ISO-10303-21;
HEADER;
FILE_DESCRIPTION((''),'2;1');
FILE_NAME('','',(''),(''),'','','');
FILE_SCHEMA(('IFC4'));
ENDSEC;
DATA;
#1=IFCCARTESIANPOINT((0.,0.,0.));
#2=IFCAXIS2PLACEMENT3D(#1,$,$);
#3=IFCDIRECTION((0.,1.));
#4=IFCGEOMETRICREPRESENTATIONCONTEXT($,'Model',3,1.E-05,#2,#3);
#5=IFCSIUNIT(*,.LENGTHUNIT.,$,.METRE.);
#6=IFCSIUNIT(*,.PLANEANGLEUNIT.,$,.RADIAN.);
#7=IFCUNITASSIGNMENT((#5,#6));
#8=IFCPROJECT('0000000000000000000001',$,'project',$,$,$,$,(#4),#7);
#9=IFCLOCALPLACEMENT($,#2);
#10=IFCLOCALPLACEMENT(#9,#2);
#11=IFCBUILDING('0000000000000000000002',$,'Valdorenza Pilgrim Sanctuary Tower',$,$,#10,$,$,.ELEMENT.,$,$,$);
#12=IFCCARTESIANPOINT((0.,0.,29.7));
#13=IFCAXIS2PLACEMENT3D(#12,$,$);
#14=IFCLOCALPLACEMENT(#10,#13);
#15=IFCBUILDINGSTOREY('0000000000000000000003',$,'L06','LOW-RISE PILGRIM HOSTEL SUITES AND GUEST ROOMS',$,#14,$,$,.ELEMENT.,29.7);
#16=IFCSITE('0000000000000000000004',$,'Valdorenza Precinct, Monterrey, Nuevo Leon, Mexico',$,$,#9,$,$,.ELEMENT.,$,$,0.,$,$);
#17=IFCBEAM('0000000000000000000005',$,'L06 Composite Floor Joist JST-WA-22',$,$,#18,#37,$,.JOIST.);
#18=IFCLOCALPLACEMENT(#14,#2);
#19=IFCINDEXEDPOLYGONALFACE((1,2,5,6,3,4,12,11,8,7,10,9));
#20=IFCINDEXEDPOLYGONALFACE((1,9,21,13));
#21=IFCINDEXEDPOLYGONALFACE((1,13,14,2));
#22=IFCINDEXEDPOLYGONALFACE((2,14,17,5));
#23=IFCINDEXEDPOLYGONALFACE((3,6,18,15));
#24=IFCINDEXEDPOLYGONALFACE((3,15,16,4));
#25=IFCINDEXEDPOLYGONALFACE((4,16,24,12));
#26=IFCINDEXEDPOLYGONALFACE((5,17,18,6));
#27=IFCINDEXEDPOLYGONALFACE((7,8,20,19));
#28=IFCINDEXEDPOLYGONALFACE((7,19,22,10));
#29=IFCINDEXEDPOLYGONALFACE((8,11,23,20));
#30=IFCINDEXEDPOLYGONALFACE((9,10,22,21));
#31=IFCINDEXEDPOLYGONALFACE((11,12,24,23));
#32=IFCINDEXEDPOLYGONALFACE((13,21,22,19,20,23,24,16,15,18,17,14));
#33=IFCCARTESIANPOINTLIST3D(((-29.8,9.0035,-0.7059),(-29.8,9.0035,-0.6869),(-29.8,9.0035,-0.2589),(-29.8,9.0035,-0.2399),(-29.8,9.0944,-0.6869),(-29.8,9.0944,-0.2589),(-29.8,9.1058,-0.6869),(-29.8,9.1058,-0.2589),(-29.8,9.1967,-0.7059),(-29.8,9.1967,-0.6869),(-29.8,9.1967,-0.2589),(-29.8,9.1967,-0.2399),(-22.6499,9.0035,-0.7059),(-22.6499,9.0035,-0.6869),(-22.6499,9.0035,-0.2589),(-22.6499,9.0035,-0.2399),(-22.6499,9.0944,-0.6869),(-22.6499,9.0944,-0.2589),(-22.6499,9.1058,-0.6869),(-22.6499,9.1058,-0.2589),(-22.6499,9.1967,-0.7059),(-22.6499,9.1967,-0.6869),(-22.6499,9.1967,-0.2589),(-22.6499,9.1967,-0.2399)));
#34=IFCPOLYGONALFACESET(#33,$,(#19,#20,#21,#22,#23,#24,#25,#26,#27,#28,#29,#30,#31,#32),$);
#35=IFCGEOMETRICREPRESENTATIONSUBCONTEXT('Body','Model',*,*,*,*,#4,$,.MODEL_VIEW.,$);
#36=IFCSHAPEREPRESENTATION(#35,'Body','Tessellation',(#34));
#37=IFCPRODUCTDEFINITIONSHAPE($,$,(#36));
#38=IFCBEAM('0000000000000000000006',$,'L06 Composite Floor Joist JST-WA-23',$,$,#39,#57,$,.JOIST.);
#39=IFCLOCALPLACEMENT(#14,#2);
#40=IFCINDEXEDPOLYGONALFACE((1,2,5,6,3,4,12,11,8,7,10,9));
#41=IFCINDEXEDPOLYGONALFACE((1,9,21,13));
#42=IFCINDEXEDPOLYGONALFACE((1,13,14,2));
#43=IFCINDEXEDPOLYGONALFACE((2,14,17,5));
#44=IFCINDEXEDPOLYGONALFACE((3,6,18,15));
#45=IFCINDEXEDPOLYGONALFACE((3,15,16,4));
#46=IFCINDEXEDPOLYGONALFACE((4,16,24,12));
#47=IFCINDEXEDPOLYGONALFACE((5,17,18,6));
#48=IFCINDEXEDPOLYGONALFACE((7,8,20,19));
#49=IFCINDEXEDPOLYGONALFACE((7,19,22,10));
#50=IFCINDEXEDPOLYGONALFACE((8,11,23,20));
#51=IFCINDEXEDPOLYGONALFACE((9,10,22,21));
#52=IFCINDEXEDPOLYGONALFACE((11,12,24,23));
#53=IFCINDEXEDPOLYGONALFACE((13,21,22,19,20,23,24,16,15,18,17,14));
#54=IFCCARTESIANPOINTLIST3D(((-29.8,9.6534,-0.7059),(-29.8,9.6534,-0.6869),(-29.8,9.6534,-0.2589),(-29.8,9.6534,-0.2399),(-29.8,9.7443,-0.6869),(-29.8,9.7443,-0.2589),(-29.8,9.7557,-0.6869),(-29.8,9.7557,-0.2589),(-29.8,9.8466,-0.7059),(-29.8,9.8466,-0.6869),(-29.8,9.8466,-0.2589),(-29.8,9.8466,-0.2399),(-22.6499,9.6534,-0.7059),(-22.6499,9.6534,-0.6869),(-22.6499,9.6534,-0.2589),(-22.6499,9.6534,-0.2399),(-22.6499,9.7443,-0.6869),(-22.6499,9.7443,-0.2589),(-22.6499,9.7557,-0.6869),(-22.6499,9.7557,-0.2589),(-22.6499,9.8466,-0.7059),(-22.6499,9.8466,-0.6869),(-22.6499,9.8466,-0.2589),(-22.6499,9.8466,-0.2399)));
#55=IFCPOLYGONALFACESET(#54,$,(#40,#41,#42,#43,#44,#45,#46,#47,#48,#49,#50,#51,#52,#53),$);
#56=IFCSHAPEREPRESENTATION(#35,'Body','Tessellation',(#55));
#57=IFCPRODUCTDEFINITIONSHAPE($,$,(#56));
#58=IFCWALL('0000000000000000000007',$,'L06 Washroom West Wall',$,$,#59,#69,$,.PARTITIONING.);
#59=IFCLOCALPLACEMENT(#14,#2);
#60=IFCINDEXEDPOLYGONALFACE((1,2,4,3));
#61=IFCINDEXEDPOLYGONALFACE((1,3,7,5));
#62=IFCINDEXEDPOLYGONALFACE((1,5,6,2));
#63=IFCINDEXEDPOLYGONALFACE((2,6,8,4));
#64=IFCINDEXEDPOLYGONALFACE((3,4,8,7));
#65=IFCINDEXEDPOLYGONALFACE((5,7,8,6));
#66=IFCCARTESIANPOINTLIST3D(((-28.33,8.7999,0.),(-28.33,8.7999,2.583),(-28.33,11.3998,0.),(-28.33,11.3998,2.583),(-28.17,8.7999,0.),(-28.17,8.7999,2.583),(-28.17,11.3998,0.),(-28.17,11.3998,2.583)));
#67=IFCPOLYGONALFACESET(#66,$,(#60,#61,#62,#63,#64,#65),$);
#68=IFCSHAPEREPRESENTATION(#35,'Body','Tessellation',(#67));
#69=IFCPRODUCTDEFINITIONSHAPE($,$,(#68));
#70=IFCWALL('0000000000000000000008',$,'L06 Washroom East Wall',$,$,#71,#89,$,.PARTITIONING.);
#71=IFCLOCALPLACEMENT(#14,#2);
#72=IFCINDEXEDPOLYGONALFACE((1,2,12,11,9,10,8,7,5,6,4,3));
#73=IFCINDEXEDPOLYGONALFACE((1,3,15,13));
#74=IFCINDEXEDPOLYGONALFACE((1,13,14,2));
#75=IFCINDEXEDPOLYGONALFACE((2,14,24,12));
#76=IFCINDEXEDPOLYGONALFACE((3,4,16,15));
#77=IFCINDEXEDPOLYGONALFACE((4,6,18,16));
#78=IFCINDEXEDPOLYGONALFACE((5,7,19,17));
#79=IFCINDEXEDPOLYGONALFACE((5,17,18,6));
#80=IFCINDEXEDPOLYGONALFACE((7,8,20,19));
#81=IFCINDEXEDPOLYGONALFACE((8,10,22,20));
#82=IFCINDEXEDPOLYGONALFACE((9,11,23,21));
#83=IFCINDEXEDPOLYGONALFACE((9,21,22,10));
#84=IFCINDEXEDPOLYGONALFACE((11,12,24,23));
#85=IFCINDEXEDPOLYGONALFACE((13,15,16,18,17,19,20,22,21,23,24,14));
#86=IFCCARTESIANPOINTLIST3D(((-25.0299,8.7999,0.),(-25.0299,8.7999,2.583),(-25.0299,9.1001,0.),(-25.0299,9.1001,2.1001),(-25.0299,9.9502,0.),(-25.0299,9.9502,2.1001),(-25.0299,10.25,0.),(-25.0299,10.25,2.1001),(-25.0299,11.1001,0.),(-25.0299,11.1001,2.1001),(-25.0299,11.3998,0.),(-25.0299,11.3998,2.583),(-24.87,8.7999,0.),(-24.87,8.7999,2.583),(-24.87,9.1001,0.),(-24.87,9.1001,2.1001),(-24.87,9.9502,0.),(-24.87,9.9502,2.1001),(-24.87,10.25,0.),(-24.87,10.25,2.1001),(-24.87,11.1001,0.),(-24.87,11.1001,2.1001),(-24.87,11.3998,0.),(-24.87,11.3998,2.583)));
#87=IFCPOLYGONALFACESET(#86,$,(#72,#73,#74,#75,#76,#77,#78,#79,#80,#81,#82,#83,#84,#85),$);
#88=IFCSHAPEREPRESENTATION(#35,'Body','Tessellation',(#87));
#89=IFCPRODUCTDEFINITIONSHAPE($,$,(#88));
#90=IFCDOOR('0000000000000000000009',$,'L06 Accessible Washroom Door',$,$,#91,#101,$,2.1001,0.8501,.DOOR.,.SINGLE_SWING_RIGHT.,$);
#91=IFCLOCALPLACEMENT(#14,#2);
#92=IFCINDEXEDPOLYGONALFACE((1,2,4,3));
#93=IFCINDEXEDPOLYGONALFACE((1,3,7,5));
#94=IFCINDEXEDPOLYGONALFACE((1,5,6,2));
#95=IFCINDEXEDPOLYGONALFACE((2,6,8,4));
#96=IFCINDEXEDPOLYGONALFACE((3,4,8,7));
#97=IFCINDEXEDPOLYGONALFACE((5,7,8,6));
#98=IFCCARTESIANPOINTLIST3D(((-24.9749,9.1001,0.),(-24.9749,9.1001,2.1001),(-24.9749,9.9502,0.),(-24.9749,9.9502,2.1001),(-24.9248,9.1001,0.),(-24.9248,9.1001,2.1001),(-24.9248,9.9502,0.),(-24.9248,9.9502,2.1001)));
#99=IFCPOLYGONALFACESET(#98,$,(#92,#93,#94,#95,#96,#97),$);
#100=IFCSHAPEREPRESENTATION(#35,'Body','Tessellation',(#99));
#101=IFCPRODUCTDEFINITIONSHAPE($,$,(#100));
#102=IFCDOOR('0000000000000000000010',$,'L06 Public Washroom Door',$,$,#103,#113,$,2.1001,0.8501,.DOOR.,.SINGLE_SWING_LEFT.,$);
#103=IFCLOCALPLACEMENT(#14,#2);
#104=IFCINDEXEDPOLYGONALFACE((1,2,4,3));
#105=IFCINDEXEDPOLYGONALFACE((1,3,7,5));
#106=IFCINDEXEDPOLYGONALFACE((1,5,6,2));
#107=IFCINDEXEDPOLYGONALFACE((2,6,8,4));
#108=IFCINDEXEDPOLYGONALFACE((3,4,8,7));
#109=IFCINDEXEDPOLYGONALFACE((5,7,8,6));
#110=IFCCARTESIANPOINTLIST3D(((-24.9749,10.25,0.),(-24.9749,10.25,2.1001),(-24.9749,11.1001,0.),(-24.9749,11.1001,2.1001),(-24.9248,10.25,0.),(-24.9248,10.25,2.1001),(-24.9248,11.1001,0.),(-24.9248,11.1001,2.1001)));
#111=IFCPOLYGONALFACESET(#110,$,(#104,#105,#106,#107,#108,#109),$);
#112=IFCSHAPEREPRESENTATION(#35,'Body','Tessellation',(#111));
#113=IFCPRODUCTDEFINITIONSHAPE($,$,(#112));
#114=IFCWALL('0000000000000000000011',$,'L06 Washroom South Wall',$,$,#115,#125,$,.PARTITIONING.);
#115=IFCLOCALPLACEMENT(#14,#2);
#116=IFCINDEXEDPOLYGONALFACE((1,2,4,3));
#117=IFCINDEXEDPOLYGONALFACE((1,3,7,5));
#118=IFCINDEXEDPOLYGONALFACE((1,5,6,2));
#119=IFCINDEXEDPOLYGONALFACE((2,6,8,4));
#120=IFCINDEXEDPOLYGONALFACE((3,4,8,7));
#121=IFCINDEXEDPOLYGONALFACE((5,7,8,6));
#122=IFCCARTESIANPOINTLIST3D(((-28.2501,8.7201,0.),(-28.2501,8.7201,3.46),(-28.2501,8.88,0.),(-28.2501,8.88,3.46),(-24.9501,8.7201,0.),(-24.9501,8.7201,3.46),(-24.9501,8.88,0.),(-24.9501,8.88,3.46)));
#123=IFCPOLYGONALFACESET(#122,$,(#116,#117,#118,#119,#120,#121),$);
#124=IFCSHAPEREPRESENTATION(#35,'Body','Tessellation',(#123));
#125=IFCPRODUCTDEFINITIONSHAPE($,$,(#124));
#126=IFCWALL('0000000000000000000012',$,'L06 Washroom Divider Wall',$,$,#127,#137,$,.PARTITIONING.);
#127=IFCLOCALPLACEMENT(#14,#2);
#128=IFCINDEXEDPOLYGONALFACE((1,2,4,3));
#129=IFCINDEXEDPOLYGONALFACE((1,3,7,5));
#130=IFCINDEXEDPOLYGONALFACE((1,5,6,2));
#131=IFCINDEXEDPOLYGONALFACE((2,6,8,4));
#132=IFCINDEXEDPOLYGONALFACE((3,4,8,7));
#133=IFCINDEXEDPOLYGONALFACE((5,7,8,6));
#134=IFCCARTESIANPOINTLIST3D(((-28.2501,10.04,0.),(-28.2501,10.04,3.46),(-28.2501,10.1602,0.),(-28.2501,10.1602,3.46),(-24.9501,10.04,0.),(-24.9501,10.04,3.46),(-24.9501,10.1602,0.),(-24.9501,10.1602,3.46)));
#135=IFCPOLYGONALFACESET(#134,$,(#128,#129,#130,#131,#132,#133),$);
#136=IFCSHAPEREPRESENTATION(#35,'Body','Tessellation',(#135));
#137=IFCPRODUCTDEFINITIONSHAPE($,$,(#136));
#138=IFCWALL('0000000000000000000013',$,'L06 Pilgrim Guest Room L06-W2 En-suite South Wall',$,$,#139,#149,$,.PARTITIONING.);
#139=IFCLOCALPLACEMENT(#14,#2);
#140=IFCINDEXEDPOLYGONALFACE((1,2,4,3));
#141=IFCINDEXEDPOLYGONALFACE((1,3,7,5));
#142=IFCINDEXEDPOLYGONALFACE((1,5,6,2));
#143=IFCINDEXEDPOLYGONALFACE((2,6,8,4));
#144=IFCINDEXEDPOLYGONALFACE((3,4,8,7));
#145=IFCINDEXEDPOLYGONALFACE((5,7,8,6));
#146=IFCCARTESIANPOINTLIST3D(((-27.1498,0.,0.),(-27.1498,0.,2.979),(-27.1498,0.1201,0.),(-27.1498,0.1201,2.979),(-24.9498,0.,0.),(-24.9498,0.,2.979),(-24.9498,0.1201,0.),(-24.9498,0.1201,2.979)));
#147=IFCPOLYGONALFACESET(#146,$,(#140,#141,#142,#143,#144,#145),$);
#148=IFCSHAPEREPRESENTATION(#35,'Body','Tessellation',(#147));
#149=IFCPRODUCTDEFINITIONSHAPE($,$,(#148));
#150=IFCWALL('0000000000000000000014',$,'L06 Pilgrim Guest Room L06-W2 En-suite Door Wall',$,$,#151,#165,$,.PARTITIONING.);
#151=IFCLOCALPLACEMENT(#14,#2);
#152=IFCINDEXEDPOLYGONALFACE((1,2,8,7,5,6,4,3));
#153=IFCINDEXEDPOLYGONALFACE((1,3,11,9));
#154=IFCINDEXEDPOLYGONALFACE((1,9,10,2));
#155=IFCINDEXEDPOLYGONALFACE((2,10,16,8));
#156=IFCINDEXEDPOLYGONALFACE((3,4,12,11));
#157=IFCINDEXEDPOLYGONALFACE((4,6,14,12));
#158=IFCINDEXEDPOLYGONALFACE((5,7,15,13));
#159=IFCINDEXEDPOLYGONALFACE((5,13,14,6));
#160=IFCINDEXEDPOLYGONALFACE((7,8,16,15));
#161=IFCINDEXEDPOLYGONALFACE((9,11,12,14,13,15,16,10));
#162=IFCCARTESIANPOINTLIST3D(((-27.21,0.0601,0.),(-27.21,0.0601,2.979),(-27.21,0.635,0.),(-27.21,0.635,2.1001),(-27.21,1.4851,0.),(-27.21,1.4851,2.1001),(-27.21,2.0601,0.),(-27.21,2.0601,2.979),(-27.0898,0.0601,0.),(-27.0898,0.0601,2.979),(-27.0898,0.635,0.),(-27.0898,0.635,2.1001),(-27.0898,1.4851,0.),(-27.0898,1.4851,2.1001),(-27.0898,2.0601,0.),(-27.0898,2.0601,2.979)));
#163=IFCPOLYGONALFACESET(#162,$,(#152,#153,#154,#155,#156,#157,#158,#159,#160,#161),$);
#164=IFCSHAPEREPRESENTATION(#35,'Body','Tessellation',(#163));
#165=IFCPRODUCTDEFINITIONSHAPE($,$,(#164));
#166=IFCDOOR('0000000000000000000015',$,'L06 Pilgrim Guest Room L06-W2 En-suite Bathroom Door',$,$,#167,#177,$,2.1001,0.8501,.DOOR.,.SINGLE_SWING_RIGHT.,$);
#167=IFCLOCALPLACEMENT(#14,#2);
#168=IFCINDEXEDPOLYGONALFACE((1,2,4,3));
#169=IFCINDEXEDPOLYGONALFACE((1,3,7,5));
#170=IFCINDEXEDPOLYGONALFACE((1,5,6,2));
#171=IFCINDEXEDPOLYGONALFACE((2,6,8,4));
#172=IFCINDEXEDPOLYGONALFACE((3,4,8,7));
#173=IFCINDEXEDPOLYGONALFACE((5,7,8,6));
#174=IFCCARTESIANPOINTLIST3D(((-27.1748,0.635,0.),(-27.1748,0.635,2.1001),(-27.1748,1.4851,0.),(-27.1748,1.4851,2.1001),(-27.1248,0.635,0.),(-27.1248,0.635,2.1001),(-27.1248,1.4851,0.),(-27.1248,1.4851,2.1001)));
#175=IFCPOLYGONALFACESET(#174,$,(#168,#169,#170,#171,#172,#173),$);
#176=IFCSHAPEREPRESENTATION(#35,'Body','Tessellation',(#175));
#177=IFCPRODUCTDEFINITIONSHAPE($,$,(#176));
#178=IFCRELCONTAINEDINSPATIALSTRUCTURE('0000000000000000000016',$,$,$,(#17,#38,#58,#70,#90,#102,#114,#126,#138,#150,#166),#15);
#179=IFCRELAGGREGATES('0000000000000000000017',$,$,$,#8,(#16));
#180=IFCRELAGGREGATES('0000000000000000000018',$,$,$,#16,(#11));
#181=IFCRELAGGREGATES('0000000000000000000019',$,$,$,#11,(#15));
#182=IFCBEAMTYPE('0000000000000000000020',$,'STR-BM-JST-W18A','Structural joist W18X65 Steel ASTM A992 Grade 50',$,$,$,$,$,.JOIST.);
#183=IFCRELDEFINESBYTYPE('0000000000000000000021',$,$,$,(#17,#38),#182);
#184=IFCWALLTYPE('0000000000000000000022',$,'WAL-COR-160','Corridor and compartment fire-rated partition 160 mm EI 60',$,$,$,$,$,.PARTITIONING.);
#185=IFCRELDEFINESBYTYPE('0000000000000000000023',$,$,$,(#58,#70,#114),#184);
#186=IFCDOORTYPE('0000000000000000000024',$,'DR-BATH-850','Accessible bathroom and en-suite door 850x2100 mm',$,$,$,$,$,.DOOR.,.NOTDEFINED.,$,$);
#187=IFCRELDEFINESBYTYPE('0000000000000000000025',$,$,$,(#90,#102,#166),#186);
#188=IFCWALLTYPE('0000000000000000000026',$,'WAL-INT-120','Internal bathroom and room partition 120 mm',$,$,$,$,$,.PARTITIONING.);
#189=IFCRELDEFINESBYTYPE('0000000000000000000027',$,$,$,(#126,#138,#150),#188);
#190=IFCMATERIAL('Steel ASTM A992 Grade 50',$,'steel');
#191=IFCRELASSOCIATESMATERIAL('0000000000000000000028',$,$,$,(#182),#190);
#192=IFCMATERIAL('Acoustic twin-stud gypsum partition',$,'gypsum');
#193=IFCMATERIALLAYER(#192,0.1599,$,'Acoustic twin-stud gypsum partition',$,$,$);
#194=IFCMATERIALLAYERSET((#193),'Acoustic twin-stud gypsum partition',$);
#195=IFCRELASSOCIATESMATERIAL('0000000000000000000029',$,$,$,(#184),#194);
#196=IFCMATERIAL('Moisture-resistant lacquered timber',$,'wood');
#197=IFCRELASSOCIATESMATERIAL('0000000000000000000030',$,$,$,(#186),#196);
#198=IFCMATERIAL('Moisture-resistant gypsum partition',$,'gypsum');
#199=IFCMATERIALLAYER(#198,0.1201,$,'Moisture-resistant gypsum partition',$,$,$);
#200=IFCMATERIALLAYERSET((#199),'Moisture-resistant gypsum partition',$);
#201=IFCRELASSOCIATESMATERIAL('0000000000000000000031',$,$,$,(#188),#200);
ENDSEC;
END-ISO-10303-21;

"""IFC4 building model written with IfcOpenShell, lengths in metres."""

from ifc_helpers import new_model, si_unit, direction, frame, frame_2d, origin, origin_2d, place, context, subcontext, project, spatial, rectangle, i_section, extrude, source, transform, mapped, material, layer, layer_set, material_profile, profile_set, type_object, element, fill, save


model = new_model("IFC4")

# Units and contexts
model_context = context("Model", 3, precision=1e-05, world=origin(), true_north=direction((0.0, 1.0)))
body_context = subcontext(model_context, "Body", "Model", "MODEL_VIEW")
ifc_project = project(units=[si_unit("LENGTHUNIT", "METRE"), si_unit("PLANEANGLEUNIT", "RADIAN")], contexts=[model_context])

# Site, building, storey
site_placement = place(None, origin())
site = spatial("IfcSite", under=ifc_project, at=site_placement, Name="Valdorenza Precinct, Monterrey, Nuevo Leon, Mexico", CompositionType="ELEMENT", RefElevation=0.0)
building_placement = place(site_placement, origin())
building = spatial("IfcBuilding", under=site, at=building_placement, Name="Valdorenza Pilgrim Sanctuary Tower", CompositionType="ELEMENT")
storey_placement = place(building_placement, frame((0.0, 0.0, 29.7)))
storey = spatial("IfcBuildingStorey", under=building, at=storey_placement, Name="L06", Description="LOW-RISE PILGRIM HOSTEL SUITES AND GUEST ROOMS", CompositionType="ELEMENT", Elevation=29.7)

# Beams
ifc_material_1 = material(Name="Steel ASTM A992 Grade 50", Category="steel")
ifc_material_profile = material_profile(ifc_material_1, i_section(OverallWidth=0.1931, OverallDepth=0.4661, WebThickness=0.0115, FlangeThickness=0.019, at=origin_2d()), Name="W18X65")
ifc_profile_set = profile_set([ifc_material_profile], Name="Steel ASTM A992 Grade 50")
beam_type = type_object("IfcBeamType", Name="STR-BM-JST-W18A", Description="Structural joist W18X65 Steel ASTM A992 Grade 50", PredefinedType="JOIST", material=ifc_profile_set)
shared_shape = source(origin(), body_context, "Body", "SweptSolid", [
    extrude(i_section(OverallWidth=0.1931, OverallDepth=0.4661, WebThickness=0.0115, FlangeThickness=0.019, at=origin_2d()), origin(), (0.0, 0.0, 1.0), 7.1501),
])
for number, where, z_axis, x_axis, name in (
    (1, (-29.8, 9.1001, -0.4729), (1.0, 0.0, 0.0), (0.0, 1.0, 0.0), "L06 Composite Floor Joist JST-WA-22"),
    (2, (-29.8, 9.75, -0.4729), (1.0, 0.0, 0.0), (0.0, 1.0, 0.0), "L06 Composite Floor Joist JST-WA-23"),
):
    element("IfcBeam", number, at=place(storey_placement, frame(where, z_axis=z_axis, x_axis=x_axis)), inside=storey, type_object=beam_type, Name=name, PredefinedType="JOIST", context=body_context, shape_type="MappedRepresentation", body=[
        mapped(shared_shape, transform((0.0, 0.0, 0.0), x_axis=(1.0, 0.0, 0.0), y_axis=(0.0, 1.0, 0.0), z_axis=(0.0, 0.0, 1.0), scale=1.0)),
    ])

# Wall
ifc_material_2 = material(Name="Acoustic twin-stud gypsum partition", Category="gypsum")
ifc_layer_1 = layer(ifc_material_2, 0.1599, Name="Acoustic twin-stud gypsum partition")
ifc_layer_set_1 = layer_set([ifc_layer_1], Name="Acoustic twin-stud gypsum partition")
wall_type_1 = type_object("IfcWallType", Name="WAL-COR-160", Description="Corridor and compartment fire-rated partition 160 mm EI 60", PredefinedType="PARTITIONING", material=ifc_layer_set_1)
wall_1_placement = place(storey_placement, frame((-28.25, 8.8, 0.0), z_axis=(0.0, 0.0, 1.0), x_axis=(0.0, 1.0, 0.0)))
element("IfcWall", 3, at=wall_1_placement, inside=storey, type_object=wall_type_1, Name="L06 Washroom West Wall", PredefinedType="PARTITIONING", context=body_context, shape_type="SweptSolid", body=[
    extrude(rectangle(XDim=2.5999, YDim=0.1599, at=frame_2d((1.2998, 0.0))), origin(), (0.0, 0.0, 1.0), 2.583),
])

# Wall, openings, doors
wall_2_placement = place(storey_placement, frame((-24.95, 8.8, 0.0), z_axis=(0.0, 0.0, 1.0), x_axis=(0.0, 1.0, 0.0)))
wall_2 = element("IfcWall", 4, at=wall_2_placement, inside=storey, type_object=wall_type_1, Name="L06 Washroom East Wall", PredefinedType="PARTITIONING", context=body_context, shape_type="SweptSolid", body=[
    extrude(rectangle(XDim=2.5999, YDim=0.1599, at=frame_2d((1.2998, 0.0))), origin(), (0.0, 0.0, 1.0), 2.583),
])
opening_1_placement = place(wall_2_placement, frame((0.3, 0.0, 0.0)))
opening_1 = element("IfcOpeningElement", 5, at=opening_1_placement, cuts=wall_2, PredefinedType="OPENING", context=body_context, shape_type="SweptSolid", body=[
    extrude(rectangle(XDim=0.8501, YDim=2.1001, at=frame_2d((0.425, 1.05))), frame((0.0, 0.0947, 0.0), z_axis=(0.0, -1.0, 0.0), x_axis=(1.0, 0.0, 0.0)), (0.0, 0.0, 1.0), 0.1897),
])
opening_2_placement = place(wall_2_placement, frame((1.45, 0.0, 0.0)))
opening_2 = element("IfcOpeningElement", 6, at=opening_2_placement, cuts=wall_2, PredefinedType="OPENING", context=body_context, shape_type="SweptSolid", body=[
    extrude(rectangle(XDim=0.8501, YDim=2.1001, at=frame_2d((0.425, 1.05))), frame((0.0, 0.0947, 0.0), z_axis=(0.0, -1.0, 0.0), x_axis=(1.0, 0.0, 0.0)), (0.0, 0.0, 1.0), 0.1897),
])
ifc_material_3 = material(Name="Moisture-resistant lacquered timber", Category="wood")
door_type_1 = type_object("IfcDoorType", Name="DR-BATH-850", Description="Accessible bathroom and en-suite door 850x2100 mm", OperationType="NOTDEFINED", PredefinedType="DOOR", material=ifc_material_3)
door_1_placement = place(opening_1_placement, origin())
door_1 = element("IfcDoor", 7, at=door_1_placement, inside=storey, type_object=door_type_1, Name="L06 Accessible Washroom Door", OperationType="SINGLE_SWING_RIGHT", OverallHeight=2.1001, OverallWidth=0.8501, PredefinedType="DOOR", context=body_context, shape_type="SweptSolid", body=[
    extrude(rectangle(XDim=0.8501, YDim=2.1001, at=frame_2d((0.425, 1.05))), frame((0.0, 0.0249, 0.0), z_axis=(0.0, -1.0, 0.0), x_axis=(1.0, 0.0, 0.0)), (0.0, 0.0, 1.0), 0.05),
])
fill(opening_1, door_1)
door_2_placement = place(opening_2_placement, origin())
door_2 = element("IfcDoor", 8, at=door_2_placement, inside=storey, type_object=door_type_1, Name="L06 Public Washroom Door", OperationType="SINGLE_SWING_LEFT", OverallHeight=2.1001, OverallWidth=0.8501, PredefinedType="DOOR", context=body_context, shape_type="SweptSolid", body=[
    extrude(rectangle(XDim=0.8501, YDim=2.1001, at=frame_2d((0.425, 1.05))), frame((0.0, 0.0249, 0.0), z_axis=(0.0, -1.0, 0.0), x_axis=(1.0, 0.0, 0.0)), (0.0, 0.0, 1.0), 0.05),
])
fill(opening_2, door_2)

# Walls
wall_3_placement = place(storey_placement, frame((-28.25, 8.8, 0.0), z_axis=(0.0, 0.0, 1.0), x_axis=(1.0, 0.0, 0.0)))
element("IfcWall", 9, at=wall_3_placement, inside=storey, type_object=wall_type_1, Name="L06 Washroom South Wall", PredefinedType="PARTITIONING", context=body_context, shape_type="SweptSolid", body=[
    extrude(rectangle(XDim=3.3, YDim=0.1599, at=frame_2d((1.6499, 0.0))), origin(), (0.0, 0.0, 1.0), 3.46),
])
ifc_material_4 = material(Name="Moisture-resistant gypsum partition", Category="gypsum")
ifc_layer_2 = layer(ifc_material_4, 0.1201, Name="Moisture-resistant gypsum partition")
ifc_layer_set_2 = layer_set([ifc_layer_2], Name="Moisture-resistant gypsum partition")
wall_type_2 = type_object("IfcWallType", Name="WAL-INT-120", Description="Internal bathroom and room partition 120 mm", PredefinedType="PARTITIONING", material=ifc_layer_set_2)
wall_4_placement = place(storey_placement, frame((-28.25, 10.1001, 0.0), z_axis=(0.0, 0.0, 1.0), x_axis=(1.0, 0.0, 0.0)))
element("IfcWall", 10, at=wall_4_placement, inside=storey, type_object=wall_type_2, Name="L06 Washroom Divider Wall", PredefinedType="PARTITIONING", context=body_context, shape_type="SweptSolid", body=[
    extrude(rectangle(XDim=3.3, YDim=0.1201, at=frame_2d((1.6499, 0.0))), origin(), (0.0, 0.0, 1.0), 3.46),
])
wall_5_placement = place(storey_placement, frame((-27.1499, 0.0601, 0.0), z_axis=(0.0, 0.0, 1.0), x_axis=(1.0, 0.0, 0.0)))
element("IfcWall", 11, at=wall_5_placement, inside=storey, type_object=wall_type_2, Name="L06 Pilgrim Guest Room L06-W2 En-suite South Wall", PredefinedType="PARTITIONING", context=body_context, shape_type="SweptSolid", body=[
    extrude(rectangle(XDim=2.2, YDim=0.1201, at=frame_2d((1.1001, 0.0))), origin(), (0.0, 0.0, 1.0), 2.979),
])

# Wall, opening, door
wall_6_placement = place(storey_placement, frame((-27.1499, 0.0601, 0.0), z_axis=(0.0, 0.0, 1.0), x_axis=(0.0, 1.0, 0.0)))
wall_6 = element("IfcWall", 12, at=wall_6_placement, inside=storey, type_object=wall_type_2, Name="L06 Pilgrim Guest Room L06-W2 En-suite Door Wall", PredefinedType="PARTITIONING", context=body_context, shape_type="SweptSolid", body=[
    extrude(rectangle(XDim=2.0, YDim=0.1201, at=frame_2d((1.0, 0.0))), origin(), (0.0, 0.0, 1.0), 2.979),
])
opening_3_placement = place(wall_6_placement, frame((0.575, 0.0, 0.0)))
opening_3 = element("IfcOpeningElement", 13, at=opening_3_placement, cuts=wall_6, PredefinedType="OPENING", context=body_context, shape_type="SweptSolid", body=[
    extrude(rectangle(XDim=0.8501, YDim=2.1001, at=frame_2d((0.425, 1.05))), frame((0.0, 0.075, 0.0), z_axis=(0.0, -1.0, 0.0), x_axis=(1.0, 0.0, 0.0)), (0.0, 0.0, 1.0), 0.1499),
])
door_3_placement = place(opening_3_placement, origin())
door_3 = element("IfcDoor", 14, at=door_3_placement, inside=storey, type_object=door_type_1, Name="L06 Pilgrim Guest Room L06-W2 En-suite Bathroom Door", OperationType="SINGLE_SWING_RIGHT", OverallHeight=2.1001, OverallWidth=0.8501, PredefinedType="DOOR", context=body_context, shape_type="SweptSolid", body=[
    extrude(rectangle(XDim=0.8501, YDim=2.1001, at=frame_2d((0.425, 1.05))), frame((0.0, 0.0249, 0.0), z_axis=(0.0, -1.0, 0.0), x_axis=(1.0, 0.0, 0.0)), (0.0, 0.0, 1.0), 0.05),
])
fill(opening_3, door_3)

save(model, "model.ifc")
